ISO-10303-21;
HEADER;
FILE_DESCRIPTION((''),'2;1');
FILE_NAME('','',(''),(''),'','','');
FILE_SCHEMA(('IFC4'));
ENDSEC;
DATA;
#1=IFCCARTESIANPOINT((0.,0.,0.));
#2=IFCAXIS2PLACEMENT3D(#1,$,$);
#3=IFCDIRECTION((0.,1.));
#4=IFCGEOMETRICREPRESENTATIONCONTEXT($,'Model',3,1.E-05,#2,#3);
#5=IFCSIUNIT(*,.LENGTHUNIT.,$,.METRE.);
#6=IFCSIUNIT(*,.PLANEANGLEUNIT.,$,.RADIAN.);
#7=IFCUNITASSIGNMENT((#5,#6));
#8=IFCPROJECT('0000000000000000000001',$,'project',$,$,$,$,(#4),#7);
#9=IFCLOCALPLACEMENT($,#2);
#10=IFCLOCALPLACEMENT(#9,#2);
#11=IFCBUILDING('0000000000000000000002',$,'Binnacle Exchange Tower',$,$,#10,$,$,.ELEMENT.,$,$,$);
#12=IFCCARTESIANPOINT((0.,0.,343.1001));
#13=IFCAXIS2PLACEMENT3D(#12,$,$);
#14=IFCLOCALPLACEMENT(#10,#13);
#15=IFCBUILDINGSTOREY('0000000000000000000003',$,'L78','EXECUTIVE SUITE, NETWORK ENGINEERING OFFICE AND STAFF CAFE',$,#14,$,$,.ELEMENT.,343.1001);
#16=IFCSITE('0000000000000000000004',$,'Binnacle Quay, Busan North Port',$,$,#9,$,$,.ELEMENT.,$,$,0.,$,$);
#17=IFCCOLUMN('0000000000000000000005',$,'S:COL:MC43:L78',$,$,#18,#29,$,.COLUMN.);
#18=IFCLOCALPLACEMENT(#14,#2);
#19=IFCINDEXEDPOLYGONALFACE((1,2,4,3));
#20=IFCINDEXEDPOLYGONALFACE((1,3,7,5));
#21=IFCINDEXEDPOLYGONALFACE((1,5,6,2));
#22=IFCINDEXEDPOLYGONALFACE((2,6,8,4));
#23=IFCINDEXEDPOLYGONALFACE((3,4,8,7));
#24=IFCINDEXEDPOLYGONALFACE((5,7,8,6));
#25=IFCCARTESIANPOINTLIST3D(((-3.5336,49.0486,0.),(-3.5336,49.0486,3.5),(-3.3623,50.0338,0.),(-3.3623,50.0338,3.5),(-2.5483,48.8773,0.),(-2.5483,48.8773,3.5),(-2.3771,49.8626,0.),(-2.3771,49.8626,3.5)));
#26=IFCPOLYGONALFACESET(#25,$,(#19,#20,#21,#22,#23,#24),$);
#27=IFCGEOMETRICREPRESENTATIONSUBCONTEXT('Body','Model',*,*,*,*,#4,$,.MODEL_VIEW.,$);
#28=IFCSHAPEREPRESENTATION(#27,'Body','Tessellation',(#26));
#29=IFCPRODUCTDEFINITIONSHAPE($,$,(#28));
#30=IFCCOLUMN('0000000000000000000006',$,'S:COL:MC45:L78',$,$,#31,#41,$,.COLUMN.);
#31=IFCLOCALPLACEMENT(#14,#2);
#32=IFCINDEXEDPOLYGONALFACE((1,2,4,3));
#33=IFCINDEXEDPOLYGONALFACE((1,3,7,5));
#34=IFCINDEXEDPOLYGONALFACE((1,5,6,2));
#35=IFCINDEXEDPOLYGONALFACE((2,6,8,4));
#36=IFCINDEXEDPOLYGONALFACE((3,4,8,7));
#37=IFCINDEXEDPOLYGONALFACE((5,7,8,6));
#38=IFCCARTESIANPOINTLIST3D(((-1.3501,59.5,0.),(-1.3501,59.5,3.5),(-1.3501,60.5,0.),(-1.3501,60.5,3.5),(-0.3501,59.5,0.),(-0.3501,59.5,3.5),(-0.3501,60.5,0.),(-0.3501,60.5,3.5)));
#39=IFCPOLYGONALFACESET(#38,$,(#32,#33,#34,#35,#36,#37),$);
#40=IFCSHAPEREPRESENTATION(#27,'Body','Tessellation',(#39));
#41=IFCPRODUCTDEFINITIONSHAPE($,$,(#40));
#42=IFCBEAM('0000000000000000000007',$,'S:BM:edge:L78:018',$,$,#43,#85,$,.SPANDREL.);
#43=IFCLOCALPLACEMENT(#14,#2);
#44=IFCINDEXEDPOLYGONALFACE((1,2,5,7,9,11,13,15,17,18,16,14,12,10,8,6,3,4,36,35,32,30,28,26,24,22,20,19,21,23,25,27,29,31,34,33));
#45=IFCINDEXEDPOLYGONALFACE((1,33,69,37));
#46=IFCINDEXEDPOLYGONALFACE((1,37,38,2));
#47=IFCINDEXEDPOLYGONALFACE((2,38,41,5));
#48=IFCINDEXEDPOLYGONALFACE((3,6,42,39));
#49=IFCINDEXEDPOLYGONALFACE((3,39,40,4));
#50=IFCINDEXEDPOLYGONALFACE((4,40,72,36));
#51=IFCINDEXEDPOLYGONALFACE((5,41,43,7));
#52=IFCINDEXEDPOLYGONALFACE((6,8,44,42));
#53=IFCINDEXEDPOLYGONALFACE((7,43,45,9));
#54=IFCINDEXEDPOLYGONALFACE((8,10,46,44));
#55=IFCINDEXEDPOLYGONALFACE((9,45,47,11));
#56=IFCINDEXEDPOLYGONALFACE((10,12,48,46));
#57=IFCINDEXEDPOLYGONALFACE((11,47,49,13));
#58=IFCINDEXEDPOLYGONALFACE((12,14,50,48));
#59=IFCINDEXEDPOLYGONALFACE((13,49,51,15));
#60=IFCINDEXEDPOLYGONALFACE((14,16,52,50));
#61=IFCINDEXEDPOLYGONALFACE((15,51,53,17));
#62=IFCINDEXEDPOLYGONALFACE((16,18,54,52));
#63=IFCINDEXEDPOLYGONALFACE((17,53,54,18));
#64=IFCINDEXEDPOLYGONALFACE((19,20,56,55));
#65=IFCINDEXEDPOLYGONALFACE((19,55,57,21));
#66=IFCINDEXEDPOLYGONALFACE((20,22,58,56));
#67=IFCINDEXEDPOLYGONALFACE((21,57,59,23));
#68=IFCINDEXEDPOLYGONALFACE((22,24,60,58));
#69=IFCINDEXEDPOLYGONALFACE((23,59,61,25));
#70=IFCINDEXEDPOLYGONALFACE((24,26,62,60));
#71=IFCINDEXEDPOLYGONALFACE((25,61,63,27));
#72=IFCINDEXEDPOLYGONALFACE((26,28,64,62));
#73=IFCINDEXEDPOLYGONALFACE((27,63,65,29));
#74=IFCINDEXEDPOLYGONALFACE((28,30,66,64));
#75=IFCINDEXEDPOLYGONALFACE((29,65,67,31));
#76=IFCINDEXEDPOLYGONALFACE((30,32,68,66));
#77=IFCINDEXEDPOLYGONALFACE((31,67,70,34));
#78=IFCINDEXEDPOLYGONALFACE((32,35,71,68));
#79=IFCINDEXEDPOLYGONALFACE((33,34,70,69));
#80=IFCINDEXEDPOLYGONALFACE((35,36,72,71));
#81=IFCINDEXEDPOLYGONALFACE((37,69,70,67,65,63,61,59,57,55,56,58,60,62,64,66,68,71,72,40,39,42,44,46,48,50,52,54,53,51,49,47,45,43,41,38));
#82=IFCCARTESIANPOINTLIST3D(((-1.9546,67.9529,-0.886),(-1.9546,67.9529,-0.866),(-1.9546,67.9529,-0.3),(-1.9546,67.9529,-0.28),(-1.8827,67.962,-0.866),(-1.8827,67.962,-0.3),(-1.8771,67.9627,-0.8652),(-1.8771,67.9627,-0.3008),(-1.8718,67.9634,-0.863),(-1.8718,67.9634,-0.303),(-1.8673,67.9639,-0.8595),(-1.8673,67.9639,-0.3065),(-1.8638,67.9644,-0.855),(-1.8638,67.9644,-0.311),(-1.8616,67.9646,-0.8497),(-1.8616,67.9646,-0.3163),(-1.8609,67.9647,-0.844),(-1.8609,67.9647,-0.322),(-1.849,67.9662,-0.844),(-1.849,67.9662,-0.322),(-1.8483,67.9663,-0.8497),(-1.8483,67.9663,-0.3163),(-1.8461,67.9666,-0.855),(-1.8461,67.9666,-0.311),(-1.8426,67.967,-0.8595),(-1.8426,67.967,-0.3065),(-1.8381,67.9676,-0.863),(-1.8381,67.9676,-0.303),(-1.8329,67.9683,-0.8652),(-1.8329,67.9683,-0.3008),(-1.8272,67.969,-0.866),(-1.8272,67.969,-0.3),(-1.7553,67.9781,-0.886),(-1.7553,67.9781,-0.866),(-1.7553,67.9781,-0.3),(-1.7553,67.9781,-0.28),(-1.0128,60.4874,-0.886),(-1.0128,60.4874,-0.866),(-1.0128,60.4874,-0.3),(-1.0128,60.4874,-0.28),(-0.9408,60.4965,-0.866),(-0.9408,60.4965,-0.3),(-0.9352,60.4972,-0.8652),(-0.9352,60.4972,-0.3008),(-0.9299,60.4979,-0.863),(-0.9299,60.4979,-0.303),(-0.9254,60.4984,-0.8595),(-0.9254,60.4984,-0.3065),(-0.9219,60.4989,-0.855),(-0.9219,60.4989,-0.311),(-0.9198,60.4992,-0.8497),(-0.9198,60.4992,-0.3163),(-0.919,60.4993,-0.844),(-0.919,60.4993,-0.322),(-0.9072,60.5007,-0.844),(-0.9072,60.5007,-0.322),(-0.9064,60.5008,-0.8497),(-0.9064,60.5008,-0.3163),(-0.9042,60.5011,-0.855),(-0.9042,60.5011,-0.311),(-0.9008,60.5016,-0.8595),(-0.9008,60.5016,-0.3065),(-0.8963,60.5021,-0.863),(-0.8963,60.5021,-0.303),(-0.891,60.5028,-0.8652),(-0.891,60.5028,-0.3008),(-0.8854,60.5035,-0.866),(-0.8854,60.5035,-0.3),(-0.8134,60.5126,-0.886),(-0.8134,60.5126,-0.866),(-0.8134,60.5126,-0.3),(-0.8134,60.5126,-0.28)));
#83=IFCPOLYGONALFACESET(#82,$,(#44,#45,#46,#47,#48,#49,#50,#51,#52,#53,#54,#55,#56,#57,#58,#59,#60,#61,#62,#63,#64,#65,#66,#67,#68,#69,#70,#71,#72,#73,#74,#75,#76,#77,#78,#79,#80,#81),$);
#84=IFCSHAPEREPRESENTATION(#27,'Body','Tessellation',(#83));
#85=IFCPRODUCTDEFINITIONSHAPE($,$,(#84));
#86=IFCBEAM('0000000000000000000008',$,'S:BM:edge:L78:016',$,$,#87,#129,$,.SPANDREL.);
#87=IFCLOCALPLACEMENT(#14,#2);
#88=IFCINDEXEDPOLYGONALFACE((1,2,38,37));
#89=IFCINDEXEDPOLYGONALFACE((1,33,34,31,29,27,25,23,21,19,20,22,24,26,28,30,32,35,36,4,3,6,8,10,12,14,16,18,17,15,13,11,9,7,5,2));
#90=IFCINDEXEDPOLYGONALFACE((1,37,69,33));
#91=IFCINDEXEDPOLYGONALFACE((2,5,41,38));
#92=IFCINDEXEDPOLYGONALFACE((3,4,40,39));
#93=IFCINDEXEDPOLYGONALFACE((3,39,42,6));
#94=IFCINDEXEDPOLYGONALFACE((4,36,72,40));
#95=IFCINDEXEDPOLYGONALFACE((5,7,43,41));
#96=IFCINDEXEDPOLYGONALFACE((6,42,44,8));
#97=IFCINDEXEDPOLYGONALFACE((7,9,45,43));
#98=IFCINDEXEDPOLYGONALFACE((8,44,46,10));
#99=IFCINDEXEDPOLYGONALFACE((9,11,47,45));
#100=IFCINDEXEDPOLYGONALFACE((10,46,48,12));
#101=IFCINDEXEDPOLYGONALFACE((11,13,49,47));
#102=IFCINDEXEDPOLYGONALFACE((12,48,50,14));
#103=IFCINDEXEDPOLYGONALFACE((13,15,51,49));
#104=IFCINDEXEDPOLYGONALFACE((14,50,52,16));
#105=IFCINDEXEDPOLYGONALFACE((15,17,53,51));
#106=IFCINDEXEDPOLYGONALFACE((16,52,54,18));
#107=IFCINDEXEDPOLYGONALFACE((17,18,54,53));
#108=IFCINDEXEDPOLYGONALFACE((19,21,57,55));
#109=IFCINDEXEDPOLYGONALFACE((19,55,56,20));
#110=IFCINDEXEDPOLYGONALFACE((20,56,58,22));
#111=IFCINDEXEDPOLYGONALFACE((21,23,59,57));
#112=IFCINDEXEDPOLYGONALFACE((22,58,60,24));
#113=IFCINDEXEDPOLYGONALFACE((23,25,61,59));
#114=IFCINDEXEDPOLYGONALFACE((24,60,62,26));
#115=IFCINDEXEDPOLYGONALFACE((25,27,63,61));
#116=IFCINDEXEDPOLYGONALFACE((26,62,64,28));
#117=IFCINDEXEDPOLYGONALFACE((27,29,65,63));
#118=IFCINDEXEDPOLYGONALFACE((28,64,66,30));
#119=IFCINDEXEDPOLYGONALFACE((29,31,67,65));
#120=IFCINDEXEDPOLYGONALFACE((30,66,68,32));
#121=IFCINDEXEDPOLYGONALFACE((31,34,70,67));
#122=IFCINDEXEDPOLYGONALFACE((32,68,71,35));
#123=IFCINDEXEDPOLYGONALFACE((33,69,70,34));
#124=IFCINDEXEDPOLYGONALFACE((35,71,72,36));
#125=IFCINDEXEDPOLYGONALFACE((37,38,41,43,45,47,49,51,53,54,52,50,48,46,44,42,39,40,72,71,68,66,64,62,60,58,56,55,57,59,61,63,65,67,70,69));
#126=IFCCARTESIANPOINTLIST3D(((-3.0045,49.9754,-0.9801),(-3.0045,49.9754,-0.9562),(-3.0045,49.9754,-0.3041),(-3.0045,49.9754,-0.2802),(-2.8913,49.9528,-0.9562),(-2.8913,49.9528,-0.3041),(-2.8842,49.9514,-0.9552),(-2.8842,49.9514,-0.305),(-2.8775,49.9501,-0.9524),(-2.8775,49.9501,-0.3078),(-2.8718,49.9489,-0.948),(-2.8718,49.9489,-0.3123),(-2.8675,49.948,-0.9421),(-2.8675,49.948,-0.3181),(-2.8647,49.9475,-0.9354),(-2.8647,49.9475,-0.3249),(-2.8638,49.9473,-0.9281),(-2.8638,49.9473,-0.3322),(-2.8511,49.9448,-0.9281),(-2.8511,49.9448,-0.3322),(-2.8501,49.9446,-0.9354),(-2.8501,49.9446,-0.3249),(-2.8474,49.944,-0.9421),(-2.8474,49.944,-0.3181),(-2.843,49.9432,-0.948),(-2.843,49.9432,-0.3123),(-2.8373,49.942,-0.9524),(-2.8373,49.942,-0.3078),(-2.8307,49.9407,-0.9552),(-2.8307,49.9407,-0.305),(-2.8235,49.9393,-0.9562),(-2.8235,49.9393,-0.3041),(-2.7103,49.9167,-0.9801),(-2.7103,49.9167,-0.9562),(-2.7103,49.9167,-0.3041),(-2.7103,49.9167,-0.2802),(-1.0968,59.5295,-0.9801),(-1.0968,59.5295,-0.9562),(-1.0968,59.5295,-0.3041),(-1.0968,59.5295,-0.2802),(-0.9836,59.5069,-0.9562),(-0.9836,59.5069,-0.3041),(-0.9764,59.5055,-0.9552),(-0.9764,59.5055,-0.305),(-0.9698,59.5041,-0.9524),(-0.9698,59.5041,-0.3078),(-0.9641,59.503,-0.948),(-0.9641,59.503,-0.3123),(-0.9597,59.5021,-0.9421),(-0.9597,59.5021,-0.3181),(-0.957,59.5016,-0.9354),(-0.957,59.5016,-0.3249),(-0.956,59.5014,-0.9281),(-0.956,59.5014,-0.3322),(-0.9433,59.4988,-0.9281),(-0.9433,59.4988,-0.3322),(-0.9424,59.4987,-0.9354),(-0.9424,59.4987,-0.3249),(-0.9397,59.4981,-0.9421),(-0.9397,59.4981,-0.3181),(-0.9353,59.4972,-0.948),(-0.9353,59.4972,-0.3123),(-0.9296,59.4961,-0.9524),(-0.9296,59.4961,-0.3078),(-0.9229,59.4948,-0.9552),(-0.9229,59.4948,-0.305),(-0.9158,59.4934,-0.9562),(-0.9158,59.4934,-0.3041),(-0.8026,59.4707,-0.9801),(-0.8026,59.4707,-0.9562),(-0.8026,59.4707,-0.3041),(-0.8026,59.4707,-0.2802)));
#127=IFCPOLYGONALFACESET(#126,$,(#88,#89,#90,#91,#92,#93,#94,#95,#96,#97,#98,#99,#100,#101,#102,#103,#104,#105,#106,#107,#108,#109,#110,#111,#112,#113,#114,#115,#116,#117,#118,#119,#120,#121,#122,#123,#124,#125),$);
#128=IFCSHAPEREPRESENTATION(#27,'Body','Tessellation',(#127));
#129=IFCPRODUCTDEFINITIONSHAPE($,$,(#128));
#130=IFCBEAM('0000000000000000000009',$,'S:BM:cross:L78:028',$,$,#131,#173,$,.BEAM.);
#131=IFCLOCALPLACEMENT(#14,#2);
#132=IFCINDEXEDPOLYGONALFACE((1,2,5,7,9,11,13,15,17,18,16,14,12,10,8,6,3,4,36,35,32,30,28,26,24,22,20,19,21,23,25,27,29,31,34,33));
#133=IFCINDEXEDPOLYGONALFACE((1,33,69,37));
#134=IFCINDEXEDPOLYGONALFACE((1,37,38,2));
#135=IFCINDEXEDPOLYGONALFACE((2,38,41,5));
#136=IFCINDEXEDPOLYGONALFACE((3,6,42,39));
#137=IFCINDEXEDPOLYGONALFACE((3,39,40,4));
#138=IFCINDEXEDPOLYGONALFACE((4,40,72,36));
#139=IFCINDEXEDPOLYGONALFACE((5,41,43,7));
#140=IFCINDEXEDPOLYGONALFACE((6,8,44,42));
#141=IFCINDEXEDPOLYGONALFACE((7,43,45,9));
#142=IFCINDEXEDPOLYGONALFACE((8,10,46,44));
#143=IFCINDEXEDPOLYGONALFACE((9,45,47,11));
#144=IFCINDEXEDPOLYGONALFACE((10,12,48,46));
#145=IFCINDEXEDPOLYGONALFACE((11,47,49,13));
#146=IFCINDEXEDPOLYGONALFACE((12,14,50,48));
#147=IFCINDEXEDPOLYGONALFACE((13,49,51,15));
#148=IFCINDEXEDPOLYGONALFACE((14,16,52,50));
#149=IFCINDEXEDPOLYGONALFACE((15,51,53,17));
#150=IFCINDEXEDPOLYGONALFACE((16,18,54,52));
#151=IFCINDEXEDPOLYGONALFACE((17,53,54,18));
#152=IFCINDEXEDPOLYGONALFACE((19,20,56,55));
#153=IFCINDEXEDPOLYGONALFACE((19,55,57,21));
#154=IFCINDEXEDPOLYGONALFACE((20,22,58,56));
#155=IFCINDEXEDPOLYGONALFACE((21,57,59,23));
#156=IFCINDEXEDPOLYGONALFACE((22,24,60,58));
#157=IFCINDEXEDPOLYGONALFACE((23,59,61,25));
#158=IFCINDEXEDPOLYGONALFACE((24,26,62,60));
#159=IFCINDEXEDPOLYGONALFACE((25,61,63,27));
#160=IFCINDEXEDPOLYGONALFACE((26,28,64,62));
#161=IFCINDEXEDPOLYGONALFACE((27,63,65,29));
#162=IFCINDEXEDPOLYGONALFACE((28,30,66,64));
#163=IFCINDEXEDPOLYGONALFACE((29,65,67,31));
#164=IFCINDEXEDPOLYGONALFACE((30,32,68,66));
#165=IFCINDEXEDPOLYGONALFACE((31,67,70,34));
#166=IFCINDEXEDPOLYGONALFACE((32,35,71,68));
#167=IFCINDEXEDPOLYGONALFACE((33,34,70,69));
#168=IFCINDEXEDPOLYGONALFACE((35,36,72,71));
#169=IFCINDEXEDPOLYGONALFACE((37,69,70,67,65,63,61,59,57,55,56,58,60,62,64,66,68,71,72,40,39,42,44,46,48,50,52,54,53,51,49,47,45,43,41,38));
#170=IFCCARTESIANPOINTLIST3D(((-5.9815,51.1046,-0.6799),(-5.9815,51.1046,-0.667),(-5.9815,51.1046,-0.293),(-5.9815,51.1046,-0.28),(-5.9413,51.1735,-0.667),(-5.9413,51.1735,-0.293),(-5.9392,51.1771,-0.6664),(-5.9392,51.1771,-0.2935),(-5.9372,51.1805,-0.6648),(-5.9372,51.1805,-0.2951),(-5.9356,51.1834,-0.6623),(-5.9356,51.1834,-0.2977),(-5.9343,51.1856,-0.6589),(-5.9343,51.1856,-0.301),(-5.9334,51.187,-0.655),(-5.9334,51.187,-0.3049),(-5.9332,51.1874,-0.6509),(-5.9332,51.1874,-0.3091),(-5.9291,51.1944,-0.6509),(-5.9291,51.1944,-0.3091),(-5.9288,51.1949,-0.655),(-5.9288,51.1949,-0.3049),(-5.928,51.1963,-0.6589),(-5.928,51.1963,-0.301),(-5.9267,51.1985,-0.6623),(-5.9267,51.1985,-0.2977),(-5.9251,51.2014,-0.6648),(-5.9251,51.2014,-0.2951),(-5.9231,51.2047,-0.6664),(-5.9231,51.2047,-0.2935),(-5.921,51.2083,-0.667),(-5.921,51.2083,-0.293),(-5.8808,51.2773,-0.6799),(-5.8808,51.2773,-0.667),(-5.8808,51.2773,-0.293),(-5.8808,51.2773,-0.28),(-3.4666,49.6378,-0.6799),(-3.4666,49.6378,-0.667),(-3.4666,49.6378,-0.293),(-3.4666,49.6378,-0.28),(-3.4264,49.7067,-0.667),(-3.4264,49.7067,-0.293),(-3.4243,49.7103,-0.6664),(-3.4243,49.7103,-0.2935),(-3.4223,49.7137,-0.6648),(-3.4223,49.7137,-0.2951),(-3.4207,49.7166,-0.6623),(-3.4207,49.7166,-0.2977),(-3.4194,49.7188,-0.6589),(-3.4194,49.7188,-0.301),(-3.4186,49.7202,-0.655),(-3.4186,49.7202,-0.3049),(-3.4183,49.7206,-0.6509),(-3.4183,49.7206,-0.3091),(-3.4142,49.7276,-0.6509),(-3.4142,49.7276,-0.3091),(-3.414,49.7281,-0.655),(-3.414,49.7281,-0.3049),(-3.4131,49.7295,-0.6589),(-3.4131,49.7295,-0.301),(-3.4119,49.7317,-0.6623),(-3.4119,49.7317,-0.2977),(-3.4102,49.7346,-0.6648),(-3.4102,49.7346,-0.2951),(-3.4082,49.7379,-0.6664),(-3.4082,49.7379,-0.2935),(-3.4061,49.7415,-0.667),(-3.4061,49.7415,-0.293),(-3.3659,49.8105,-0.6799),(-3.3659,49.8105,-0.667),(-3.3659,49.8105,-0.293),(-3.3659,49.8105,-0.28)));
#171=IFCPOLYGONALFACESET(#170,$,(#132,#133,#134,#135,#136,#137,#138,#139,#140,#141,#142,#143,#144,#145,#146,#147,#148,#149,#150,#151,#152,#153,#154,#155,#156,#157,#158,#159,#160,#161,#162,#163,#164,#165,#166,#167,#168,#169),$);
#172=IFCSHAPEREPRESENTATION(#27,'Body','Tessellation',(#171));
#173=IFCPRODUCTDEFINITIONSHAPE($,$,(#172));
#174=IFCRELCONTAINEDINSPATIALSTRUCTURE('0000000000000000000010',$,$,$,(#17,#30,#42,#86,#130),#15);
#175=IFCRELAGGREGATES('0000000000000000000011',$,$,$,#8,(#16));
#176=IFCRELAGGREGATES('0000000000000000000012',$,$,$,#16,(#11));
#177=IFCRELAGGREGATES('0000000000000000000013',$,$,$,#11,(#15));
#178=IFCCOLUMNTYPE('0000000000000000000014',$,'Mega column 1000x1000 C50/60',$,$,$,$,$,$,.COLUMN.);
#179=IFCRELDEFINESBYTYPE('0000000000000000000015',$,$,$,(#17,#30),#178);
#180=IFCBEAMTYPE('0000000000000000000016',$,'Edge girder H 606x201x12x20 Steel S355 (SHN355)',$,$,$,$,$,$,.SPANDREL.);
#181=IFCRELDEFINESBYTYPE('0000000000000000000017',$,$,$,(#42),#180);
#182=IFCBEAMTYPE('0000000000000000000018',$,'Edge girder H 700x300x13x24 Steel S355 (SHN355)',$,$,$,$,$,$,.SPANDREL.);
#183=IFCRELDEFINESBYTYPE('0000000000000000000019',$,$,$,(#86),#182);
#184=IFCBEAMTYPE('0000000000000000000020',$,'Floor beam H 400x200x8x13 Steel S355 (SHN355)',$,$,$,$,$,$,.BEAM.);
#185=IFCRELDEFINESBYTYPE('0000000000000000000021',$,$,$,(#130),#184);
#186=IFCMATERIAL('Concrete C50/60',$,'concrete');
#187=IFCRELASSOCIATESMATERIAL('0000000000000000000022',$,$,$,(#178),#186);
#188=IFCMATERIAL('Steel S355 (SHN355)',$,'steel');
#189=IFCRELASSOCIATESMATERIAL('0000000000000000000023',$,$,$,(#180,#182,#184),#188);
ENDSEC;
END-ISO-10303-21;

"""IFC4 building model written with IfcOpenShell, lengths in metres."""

from ifc_helpers import new_model, si_unit, direction, frame, origin, origin_2d, place, context, subcontext, project, spatial, rectangle, i_section, extrude, material, material_profile, profile_set, type_object, element, save


model = new_model("IFC4")

# Units and contexts
model_context = context("Model", 3, precision=1e-05, world=origin(), true_north=direction((0.0, 1.0)))
body_context = subcontext(model_context, "Body", "Model", "MODEL_VIEW")
ifc_project = project(units=[si_unit("LENGTHUNIT", "METRE"), si_unit("PLANEANGLEUNIT", "RADIAN")], contexts=[model_context])

# Site, building, storey
site_placement = place(None, origin())
site = spatial("IfcSite", under=ifc_project, at=site_placement, Name="Binnacle Quay, Busan North Port", CompositionType="ELEMENT", RefElevation=0.0)
building_placement = place(site_placement, origin())
building = spatial("IfcBuilding", under=site, at=building_placement, Name="Binnacle Exchange Tower", CompositionType="ELEMENT")
storey_placement = place(building_placement, frame((0.0, 0.0, 343.1001)))
storey = spatial("IfcBuildingStorey", under=building, at=storey_placement, Name="L78", Description="EXECUTIVE SUITE, NETWORK ENGINEERING OFFICE AND STAFF CAFE", CompositionType="ELEMENT", Elevation=343.1001)

# Columns
ifc_material_1 = material(Name="Concrete C50/60", Category="concrete")
ifc_material_profile_1 = material_profile(ifc_material_1, rectangle(XDim=1.0, YDim=1.0, at=origin_2d()), Name="Mega column 1000x1000 C50/60")
ifc_profile_set_1 = profile_set([ifc_material_profile_1], Name="Concrete C50/60")
column_type = type_object("IfcColumnType", Name="Mega column 1000x1000 C50/60", PredefinedType="COLUMN", material=ifc_profile_set_1)
for number, where, z_axis, x_axis, name in (
    (1, (-2.9553, 49.4556, 0.0), (0.0, 0.0, 1.0), (-0.985226, 0.171259, 0.0), "S:COL:MC43:L78"),
    (2, (-0.8501, 60.0, 0.0), (0.0, 0.0, 1.0), (0.0, 1.0, 0.0), "S:COL:MC45:L78"),
):
    element("IfcColumn", number, at=place(storey_placement, frame(where, z_axis=z_axis, x_axis=x_axis)), inside=storey, type_object=column_type, Name=name, PredefinedType="COLUMN", context=body_context, shape_type="SweptSolid", body=[
        extrude(rectangle(XDim=1.0, YDim=1.0, at=origin_2d()), origin(), (0.0, 0.0, 1.0), 3.5),
    ])

# Beams
ifc_material_2 = material(Name="Steel S355 (SHN355)", Category="steel")
ifc_material_profile_2 = material_profile(ifc_material_2, i_section(OverallWidth=0.2009, OverallDepth=0.606, WebThickness=0.012, FlangeThickness=0.02, FilletRadius=0.022, at=origin_2d()), Name="H 606x201x12x20")
ifc_profile_set_2 = profile_set([ifc_material_profile_2], Name="Steel S355 (SHN355)")
beam_type_1 = type_object("IfcBeamType", Name="Edge girder H 606x201x12x20 Steel S355 (SHN355)", PredefinedType="SPANDREL", material=ifc_profile_set_2)
beam_1_placement = place(storey_placement, frame((-0.9131, 60.5, -0.583), z_axis=(-0.125173, 0.992135, 0.0), x_axis=(-0.992135, -0.125173, 0.0)))
element("IfcBeam", 3, at=beam_1_placement, inside=storey, type_object=beam_type_1, Name="S:BM:edge:L78:018", PredefinedType="SPANDREL", context=body_context, shape_type="SweptSolid", body=[
    extrude(i_section(OverallWidth=0.2009, OverallDepth=0.606, WebThickness=0.012, FlangeThickness=0.02, FilletRadius=0.022, at=origin_2d()), origin(), (0.0, 0.0, 1.0), 7.5247),
])
ifc_material_profile_3 = material_profile(ifc_material_2, i_section(OverallWidth=0.3, OverallDepth=0.7, WebThickness=0.0129, FlangeThickness=0.0239, FilletRadius=0.0281, at=origin_2d()), Name="H 700x300x13x24")
ifc_profile_set_3 = profile_set([ifc_material_profile_3], Name="Steel S355 (SHN355)")
beam_type_2 = type_object("IfcBeamType", Name="Edge girder H 700x300x13x24 Steel S355 (SHN355)", PredefinedType="SPANDREL", material=ifc_profile_set_3)
beam_2_placement = place(storey_placement, frame((-2.8574, 49.946, -0.6301), z_axis=(0.195813, 0.980641, 0.0), x_axis=(-0.980641, 0.195813, 0.0)))
element("IfcBeam", 4, at=beam_2_placement, inside=storey, type_object=beam_type_2, Name="S:BM:edge:L78:016", PredefinedType="SPANDREL", context=body_context, shape_type="SweptSolid", body=[
    extrude(i_section(OverallWidth=0.3, OverallDepth=0.7, WebThickness=0.0129, FlangeThickness=0.0239, FilletRadius=0.0281, at=origin_2d()), origin(), (0.0, 0.0, 1.0), 9.7427),
])
ifc_material_profile_4 = material_profile(ifc_material_2, i_section(OverallWidth=0.2, OverallDepth=0.3999, WebThickness=0.0081, FlangeThickness=0.0129, FilletRadius=0.0161, at=origin_2d()), Name="H 400x200x8x13")
ifc_profile_set_4 = profile_set([ifc_material_profile_4], Name="Steel S355 (SHN355)")
beam_type_3 = type_object("IfcBeamType", Name="Floor beam H 400x200x8x13 Steel S355 (SHN355)", PredefinedType="BEAM", material=ifc_profile_set_4)
beam_3_placement = place(storey_placement, frame((-3.4163, 49.7241, -0.48), z_axis=(-0.863812, 0.503814, 0.0), x_axis=(-0.503814, -0.863812, 0.0)))
element("IfcBeam", 5, at=beam_3_placement, inside=storey, type_object=beam_type_3, Name="S:BM:cross:L78:028", PredefinedType="BEAM", context=body_context, shape_type="SweptSolid", body=[
    extrude(i_section(OverallWidth=0.2, OverallDepth=0.3999, WebThickness=0.0081, FlangeThickness=0.0129, FilletRadius=0.0161, at=origin_2d()), origin(), (0.0, 0.0, 1.0), 2.9114),
])

save(model, "model.ifc")
